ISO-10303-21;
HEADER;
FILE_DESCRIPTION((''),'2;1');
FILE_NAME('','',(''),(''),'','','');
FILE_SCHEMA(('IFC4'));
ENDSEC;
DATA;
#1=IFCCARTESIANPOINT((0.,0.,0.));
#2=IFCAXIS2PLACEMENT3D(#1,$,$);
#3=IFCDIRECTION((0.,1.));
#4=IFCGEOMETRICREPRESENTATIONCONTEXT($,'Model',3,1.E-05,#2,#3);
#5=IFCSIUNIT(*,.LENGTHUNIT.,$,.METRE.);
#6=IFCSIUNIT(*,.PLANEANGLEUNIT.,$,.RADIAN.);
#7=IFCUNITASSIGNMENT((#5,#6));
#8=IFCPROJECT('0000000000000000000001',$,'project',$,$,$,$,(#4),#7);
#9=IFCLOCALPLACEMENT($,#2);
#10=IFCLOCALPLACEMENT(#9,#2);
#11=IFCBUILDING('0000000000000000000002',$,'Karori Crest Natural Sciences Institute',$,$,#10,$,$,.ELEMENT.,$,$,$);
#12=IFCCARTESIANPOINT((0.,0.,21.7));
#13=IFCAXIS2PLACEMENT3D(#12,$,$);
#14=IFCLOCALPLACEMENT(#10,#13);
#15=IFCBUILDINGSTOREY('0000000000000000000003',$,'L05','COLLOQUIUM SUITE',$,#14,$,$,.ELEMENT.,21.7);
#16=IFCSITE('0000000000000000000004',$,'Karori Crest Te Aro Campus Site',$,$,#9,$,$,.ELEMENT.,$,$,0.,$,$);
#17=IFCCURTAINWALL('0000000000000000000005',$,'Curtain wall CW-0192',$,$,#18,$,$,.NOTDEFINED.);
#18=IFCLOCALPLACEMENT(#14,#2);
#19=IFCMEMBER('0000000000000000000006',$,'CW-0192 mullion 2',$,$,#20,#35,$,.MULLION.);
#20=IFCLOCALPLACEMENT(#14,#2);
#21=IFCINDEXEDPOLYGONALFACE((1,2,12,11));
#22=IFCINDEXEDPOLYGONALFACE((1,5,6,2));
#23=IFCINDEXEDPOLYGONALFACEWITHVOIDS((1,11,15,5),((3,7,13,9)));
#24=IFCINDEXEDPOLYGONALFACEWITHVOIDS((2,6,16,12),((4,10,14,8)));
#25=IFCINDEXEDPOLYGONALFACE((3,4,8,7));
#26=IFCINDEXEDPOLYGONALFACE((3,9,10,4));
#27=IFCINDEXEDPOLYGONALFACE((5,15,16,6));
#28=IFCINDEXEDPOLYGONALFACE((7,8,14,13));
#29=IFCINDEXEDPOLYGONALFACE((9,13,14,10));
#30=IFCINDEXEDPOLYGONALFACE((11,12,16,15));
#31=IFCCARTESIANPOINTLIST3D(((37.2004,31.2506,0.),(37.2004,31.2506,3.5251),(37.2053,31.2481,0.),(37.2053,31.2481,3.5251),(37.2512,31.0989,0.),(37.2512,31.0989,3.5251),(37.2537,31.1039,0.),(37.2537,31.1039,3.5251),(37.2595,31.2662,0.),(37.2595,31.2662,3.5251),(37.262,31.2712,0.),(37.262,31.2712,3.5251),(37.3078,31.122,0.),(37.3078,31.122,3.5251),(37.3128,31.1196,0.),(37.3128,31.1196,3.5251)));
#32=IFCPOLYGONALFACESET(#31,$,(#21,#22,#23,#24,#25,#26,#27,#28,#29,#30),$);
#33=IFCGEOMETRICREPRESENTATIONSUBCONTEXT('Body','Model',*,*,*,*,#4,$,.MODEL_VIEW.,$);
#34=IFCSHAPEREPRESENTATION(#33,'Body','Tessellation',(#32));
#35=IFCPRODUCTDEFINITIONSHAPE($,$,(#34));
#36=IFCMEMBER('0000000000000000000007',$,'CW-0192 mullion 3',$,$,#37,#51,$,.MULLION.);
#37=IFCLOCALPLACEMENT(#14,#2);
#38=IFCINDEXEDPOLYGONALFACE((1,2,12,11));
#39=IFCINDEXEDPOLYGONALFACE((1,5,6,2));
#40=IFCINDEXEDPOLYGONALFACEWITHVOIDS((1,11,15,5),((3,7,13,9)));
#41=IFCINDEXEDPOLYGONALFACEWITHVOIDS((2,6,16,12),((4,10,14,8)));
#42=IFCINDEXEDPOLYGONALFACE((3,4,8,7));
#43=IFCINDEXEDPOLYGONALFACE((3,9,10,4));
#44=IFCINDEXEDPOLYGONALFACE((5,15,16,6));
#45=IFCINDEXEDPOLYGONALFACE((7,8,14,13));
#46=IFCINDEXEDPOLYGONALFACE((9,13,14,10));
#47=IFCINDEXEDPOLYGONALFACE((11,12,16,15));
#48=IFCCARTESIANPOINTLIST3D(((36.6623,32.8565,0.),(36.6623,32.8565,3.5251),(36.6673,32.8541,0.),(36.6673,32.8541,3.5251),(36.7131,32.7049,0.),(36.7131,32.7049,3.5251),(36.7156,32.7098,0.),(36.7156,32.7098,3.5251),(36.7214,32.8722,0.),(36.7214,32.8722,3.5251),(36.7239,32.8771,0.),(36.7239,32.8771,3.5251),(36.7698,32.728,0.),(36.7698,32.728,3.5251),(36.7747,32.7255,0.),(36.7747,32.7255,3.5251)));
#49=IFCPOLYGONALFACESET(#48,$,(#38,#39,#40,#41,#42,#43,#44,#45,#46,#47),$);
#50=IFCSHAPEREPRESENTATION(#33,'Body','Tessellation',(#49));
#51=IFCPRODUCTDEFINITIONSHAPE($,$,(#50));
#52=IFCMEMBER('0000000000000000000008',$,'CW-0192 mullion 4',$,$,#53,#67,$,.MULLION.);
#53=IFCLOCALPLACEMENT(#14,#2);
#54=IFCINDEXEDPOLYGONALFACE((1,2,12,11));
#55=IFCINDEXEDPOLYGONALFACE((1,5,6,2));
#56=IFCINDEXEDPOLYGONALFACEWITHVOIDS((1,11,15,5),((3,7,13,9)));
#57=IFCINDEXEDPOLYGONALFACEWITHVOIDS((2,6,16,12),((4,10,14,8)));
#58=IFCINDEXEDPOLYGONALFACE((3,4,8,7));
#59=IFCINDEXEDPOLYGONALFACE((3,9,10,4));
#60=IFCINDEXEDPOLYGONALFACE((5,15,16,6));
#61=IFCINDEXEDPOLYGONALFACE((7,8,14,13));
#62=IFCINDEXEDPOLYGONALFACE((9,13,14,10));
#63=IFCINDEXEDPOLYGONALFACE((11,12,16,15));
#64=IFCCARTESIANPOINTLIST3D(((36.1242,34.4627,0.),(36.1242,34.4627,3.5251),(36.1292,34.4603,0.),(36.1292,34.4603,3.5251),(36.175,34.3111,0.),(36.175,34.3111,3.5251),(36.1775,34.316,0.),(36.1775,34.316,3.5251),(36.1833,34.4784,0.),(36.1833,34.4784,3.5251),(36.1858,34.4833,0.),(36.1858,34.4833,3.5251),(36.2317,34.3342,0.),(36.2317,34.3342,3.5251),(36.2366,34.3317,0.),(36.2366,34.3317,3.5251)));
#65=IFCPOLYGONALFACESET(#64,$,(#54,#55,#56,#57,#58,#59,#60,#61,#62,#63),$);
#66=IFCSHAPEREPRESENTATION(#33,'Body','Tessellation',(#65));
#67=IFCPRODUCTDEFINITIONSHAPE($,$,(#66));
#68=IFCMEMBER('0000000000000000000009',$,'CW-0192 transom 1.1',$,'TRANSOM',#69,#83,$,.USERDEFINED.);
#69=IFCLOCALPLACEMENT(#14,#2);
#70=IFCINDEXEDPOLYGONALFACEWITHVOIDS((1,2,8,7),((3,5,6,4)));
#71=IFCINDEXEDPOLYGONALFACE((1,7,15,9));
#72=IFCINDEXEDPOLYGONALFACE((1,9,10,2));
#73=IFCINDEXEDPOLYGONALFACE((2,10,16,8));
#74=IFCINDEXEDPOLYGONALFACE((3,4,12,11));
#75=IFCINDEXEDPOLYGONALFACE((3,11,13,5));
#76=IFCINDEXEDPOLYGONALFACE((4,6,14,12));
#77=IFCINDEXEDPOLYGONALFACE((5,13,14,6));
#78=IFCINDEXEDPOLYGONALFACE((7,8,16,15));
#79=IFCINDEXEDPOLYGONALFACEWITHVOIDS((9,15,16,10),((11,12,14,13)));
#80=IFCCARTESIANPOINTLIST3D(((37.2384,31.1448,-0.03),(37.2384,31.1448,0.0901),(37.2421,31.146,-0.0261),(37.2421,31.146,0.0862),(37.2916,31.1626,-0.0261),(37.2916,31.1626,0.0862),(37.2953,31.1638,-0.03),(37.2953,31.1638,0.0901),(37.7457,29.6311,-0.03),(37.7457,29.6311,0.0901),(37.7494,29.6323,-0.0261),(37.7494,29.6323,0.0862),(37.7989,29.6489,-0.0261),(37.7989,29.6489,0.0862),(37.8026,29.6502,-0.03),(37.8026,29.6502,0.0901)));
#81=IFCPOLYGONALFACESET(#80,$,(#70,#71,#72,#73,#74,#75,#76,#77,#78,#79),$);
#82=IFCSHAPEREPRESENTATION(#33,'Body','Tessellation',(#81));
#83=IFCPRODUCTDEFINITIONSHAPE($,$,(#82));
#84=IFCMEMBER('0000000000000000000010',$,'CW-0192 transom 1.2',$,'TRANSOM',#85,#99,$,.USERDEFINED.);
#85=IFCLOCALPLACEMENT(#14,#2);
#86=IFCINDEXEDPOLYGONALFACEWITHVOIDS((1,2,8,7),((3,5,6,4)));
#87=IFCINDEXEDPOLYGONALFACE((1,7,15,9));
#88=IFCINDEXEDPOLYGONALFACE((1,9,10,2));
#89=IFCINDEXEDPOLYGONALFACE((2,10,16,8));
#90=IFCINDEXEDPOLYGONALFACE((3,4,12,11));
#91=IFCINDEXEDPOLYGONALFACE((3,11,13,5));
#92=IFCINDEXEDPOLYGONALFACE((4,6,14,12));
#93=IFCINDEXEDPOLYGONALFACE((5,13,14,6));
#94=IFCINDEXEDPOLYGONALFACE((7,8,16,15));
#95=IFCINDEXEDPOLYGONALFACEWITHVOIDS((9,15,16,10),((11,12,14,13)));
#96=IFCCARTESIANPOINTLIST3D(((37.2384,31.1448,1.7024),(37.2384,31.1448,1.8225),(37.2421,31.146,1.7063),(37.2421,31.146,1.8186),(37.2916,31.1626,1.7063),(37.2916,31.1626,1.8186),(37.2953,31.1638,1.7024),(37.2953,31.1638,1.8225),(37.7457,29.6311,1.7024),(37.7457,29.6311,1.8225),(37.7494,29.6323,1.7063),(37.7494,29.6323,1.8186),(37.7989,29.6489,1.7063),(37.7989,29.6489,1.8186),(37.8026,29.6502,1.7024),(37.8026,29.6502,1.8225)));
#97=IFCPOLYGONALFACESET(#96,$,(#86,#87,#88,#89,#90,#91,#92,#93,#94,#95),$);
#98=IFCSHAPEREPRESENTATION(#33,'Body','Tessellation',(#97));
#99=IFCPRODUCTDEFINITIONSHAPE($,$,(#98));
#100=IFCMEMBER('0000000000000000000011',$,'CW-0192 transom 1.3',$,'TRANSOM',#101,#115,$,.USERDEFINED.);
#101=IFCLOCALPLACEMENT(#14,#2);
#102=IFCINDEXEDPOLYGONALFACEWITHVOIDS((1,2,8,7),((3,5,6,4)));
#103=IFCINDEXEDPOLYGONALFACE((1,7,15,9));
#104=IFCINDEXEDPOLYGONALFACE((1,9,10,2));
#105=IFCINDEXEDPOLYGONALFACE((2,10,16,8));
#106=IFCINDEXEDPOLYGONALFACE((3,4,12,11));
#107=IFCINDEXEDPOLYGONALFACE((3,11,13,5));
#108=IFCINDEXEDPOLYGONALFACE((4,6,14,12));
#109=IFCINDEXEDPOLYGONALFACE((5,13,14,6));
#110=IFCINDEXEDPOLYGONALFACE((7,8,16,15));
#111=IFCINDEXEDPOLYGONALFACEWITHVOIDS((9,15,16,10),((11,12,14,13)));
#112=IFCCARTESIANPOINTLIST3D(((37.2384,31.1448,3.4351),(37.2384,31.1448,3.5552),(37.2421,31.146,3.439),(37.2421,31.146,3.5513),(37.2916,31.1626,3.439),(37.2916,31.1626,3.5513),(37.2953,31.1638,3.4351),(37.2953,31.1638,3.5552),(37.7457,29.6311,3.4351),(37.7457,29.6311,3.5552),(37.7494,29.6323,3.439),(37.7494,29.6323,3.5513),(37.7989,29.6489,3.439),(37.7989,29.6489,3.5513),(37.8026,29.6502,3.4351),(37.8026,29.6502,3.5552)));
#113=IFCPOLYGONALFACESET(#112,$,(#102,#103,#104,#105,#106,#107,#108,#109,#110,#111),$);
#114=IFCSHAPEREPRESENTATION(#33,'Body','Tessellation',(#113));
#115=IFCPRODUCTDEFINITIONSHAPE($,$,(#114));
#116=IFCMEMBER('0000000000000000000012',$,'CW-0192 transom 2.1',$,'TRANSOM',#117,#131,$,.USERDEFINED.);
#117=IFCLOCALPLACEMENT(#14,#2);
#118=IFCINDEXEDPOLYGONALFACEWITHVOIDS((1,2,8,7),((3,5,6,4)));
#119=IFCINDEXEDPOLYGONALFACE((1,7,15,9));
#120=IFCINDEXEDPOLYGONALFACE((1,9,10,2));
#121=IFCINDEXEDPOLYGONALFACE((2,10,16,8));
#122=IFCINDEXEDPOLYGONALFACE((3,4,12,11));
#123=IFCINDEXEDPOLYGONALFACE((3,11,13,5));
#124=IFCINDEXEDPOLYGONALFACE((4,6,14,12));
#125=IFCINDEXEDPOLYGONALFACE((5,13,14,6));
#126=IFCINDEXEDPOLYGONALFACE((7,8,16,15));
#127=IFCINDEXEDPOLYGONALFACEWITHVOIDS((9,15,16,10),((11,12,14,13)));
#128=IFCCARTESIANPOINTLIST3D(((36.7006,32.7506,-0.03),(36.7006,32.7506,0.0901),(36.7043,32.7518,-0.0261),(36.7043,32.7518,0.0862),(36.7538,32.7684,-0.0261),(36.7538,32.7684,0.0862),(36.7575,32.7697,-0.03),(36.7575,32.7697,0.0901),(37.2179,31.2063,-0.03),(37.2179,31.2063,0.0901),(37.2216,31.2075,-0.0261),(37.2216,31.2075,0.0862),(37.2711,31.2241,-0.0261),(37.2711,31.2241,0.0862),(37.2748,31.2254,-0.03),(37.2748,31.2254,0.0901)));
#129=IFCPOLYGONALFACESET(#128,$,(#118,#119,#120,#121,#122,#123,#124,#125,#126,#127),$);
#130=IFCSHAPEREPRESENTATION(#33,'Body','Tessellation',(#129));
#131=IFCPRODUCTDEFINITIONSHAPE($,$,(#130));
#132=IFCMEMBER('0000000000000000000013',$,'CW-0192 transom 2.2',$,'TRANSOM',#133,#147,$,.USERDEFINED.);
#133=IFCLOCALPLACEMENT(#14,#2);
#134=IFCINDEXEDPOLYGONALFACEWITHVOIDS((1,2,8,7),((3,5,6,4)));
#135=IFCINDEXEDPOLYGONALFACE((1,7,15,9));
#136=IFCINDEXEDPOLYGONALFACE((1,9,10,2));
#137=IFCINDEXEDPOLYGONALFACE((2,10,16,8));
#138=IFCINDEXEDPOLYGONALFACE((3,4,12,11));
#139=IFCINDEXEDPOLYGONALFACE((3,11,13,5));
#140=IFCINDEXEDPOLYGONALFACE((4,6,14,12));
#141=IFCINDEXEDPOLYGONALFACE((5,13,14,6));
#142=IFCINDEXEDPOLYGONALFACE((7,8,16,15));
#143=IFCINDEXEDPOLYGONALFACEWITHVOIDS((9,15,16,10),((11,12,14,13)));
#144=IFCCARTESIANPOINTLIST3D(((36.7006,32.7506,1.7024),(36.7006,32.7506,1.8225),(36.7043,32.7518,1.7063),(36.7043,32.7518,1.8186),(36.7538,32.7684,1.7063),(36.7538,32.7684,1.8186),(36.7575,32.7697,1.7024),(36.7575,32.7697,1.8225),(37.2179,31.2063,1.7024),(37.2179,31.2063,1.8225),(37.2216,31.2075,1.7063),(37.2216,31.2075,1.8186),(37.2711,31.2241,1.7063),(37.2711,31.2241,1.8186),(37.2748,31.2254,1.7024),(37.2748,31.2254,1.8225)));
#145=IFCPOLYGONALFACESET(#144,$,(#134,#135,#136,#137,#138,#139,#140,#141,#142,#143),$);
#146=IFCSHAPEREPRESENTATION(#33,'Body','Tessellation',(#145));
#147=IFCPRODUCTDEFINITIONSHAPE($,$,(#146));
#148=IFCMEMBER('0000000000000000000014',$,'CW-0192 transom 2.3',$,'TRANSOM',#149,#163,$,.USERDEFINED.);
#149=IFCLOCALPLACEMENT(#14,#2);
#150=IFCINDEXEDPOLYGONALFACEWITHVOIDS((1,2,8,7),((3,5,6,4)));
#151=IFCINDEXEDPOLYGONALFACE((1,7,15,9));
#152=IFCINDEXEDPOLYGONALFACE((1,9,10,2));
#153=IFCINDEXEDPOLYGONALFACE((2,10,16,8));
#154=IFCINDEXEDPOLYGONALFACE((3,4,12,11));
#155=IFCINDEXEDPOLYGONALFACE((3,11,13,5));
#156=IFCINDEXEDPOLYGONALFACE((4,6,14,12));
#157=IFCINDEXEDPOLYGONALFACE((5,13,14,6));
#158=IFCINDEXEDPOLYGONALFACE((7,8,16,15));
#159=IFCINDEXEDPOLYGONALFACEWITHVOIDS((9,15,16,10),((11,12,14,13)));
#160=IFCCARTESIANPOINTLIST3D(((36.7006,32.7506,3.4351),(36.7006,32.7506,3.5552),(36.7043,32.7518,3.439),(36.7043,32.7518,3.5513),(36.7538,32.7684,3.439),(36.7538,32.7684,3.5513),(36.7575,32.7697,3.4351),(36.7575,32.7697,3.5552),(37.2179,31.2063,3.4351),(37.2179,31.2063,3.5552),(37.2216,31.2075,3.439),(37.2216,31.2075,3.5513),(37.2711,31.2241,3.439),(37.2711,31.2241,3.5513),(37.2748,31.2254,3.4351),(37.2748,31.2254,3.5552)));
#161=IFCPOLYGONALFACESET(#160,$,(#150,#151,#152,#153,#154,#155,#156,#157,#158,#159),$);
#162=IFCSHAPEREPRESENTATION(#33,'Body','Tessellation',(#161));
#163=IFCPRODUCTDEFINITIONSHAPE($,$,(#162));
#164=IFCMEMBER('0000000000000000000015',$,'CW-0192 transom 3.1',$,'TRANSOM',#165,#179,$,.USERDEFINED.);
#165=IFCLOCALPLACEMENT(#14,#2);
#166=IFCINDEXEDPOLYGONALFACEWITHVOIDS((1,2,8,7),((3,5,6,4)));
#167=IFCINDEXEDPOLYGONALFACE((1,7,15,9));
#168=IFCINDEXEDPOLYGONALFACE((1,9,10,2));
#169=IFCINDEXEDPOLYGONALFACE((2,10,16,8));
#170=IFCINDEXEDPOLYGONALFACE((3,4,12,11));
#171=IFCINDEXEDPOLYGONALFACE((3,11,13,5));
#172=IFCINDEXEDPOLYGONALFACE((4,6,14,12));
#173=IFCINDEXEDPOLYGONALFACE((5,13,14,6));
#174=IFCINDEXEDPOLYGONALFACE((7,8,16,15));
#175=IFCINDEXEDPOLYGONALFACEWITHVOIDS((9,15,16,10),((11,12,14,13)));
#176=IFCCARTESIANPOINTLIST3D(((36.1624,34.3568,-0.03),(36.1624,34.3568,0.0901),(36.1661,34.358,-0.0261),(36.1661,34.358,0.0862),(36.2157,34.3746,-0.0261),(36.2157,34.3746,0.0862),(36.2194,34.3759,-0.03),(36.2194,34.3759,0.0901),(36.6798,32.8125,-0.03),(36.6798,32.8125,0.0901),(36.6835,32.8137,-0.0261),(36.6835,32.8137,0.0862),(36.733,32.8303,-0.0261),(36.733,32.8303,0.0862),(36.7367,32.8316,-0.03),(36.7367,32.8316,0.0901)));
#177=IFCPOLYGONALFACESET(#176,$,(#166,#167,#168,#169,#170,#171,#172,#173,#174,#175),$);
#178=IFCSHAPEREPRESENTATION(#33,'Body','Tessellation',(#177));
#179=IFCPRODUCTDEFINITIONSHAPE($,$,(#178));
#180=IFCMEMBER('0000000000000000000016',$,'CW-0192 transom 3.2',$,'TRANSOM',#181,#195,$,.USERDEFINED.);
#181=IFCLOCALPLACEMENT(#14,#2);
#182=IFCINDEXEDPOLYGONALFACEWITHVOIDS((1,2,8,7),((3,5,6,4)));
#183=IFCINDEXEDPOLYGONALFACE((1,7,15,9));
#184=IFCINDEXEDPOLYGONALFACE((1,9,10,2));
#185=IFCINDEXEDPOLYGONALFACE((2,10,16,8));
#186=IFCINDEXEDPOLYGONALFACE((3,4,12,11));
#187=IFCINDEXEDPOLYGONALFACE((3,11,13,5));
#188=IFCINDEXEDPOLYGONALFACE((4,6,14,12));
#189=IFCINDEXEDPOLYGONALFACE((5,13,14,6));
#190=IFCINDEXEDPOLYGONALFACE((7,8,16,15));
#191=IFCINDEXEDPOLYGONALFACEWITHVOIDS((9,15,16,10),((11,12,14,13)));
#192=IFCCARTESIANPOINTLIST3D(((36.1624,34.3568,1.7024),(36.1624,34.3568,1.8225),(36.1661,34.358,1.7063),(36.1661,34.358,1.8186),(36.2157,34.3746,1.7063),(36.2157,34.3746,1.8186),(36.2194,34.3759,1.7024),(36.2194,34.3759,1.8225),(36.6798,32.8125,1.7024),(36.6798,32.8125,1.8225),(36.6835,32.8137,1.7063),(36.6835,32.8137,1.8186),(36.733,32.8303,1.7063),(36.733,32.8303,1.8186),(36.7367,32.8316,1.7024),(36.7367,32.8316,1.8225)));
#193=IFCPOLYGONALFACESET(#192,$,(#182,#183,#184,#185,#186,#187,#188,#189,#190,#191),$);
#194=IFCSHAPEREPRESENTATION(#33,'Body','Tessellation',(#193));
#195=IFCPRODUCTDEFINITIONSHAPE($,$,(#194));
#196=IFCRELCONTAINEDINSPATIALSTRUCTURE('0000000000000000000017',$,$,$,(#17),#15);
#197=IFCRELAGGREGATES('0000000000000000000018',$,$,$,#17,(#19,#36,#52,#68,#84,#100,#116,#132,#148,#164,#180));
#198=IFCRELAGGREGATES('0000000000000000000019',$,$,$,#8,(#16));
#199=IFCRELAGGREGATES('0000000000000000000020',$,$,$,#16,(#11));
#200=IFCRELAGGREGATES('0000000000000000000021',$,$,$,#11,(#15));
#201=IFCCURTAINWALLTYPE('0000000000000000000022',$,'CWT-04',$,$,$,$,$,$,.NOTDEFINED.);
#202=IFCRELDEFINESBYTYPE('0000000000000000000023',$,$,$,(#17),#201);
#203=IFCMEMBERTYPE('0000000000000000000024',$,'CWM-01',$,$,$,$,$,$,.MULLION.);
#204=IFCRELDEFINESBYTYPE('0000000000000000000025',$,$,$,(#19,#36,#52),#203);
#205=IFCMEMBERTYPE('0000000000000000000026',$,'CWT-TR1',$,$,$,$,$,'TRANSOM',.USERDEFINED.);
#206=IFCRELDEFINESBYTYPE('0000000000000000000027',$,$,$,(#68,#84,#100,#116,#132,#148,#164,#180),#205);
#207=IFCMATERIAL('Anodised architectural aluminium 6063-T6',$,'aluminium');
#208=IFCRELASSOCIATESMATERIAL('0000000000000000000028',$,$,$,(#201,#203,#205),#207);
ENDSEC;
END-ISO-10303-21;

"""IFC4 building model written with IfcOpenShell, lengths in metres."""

from ifc_helpers import new_model, si_unit, direction, frame, origin, origin_2d, place, context, subcontext, project, spatial, hollow_rectangle, extrude, material, material_profile, profile_set, type_object, element, aggregate, save


model = new_model("IFC4")

# Units and contexts
model_context = context("Model", 3, precision=1e-05, world=origin(), true_north=direction((0.0, 1.0)))
body_context = subcontext(model_context, "Body", "Model", "MODEL_VIEW")
ifc_project = project(units=[si_unit("LENGTHUNIT", "METRE"), si_unit("PLANEANGLEUNIT", "RADIAN")], contexts=[model_context])

# Site, building, storey
site_placement = place(None, origin())
site = spatial("IfcSite", under=ifc_project, at=site_placement, Name="Karori Crest Te Aro Campus Site", CompositionType="ELEMENT", RefElevation=0.0)
building_placement = place(site_placement, origin())
building = spatial("IfcBuilding", under=site, at=building_placement, Name="Karori Crest Natural Sciences Institute", CompositionType="ELEMENT")
storey_placement = place(building_placement, frame((0.0, 0.0, 21.7)))
storey = spatial("IfcBuildingStorey", under=building, at=storey_placement, Name="L05", Description="COLLOQUIUM SUITE", CompositionType="ELEMENT", Elevation=21.7)

# Curtain wall, members
ifc_material_1 = material(Name="Anodised architectural aluminium 6063-T6", Category="aluminium")
curtain_wall_type = type_object("IfcCurtainWallType", Name="CWT-04", PredefinedType="NOTDEFINED", material=ifc_material_1)
curtain_wall_placement = place(storey_placement, origin())
curtain_wall = element("IfcCurtainWall", 1, at=curtain_wall_placement, inside=storey, type_object=curtain_wall_type, Name="Curtain wall CW-0192", PredefinedType="NOTDEFINED")
ifc_material_profile_1 = material_profile(ifc_material_1, hollow_rectangle(XDim=0.0649, YDim=0.1599, WallThickness=0.0039, at=origin_2d()), Name="CWM160x65x4")
ifc_profile_set_1 = profile_set([ifc_material_profile_1], Name="Anodised architectural aluminium 6063-T6")
member_type_1 = type_object("IfcMemberType", Name="CWM-01", PredefinedType="MULLION", material=ifc_profile_set_1)
member_1_placement = place(storey_placement, frame((37.2566, 31.1851, 0.0), z_axis=(0.0, 0.0, 1.0), x_axis=(-0.948198, -0.31768, 0.0)))
member_1 = element("IfcMember", 2, at=member_1_placement, type_object=member_type_1, Name="CW-0192 mullion 2", PredefinedType="MULLION", context=body_context, shape_type="SweptSolid", body=[
    extrude(hollow_rectangle(XDim=0.0649, YDim=0.1599, WallThickness=0.0039, at=origin_2d()), origin(), (0.0, 0.0, 1.0), 3.5251),
])
member_2_placement = place(storey_placement, frame((36.7185, 32.791, 0.0), z_axis=(0.0, 0.0, 1.0), x_axis=(-0.948198, -0.31768, 0.0)))
member_2 = element("IfcMember", 3, at=member_2_placement, type_object=member_type_1, Name="CW-0192 mullion 3", PredefinedType="MULLION", context=body_context, shape_type="SweptSolid", body=[
    extrude(hollow_rectangle(XDim=0.0649, YDim=0.1599, WallThickness=0.0039, at=origin_2d()), origin(), (0.0, 0.0, 1.0), 3.5251),
])
member_3_placement = place(storey_placement, frame((36.1804, 34.3972, 0.0), z_axis=(0.0, 0.0, 1.0), x_axis=(-0.948198, -0.31768, 0.0)))
member_3 = element("IfcMember", 4, at=member_3_placement, type_object=member_type_1, Name="CW-0192 mullion 4", PredefinedType="MULLION", context=body_context, shape_type="SweptSolid", body=[
    extrude(hollow_rectangle(XDim=0.0649, YDim=0.1599, WallThickness=0.0039, at=origin_2d()), origin(), (0.0, 0.0, 1.0), 3.5251),
])
ifc_material_profile_2 = material_profile(ifc_material_1, hollow_rectangle(XDim=0.0601, YDim=0.1201, WallThickness=0.0039, at=origin_2d()), Name="CWT120x60x4")
ifc_profile_set_2 = profile_set([ifc_material_profile_2], Name="Anodised architectural aluminium 6063-T6")
member_type_2 = type_object("IfcMemberType", Name="CWT-TR1", ElementType="TRANSOM", PredefinedType="USERDEFINED", material=ifc_profile_set_2)
member_4_placement = place(storey_placement, frame((37.7742, 29.6406, 0.03), z_axis=(-0.317787, 0.948162, 0.0), x_axis=(-0.948162, -0.317787, 0.0)))
member_4 = element("IfcMember", 5, at=member_4_placement, type_object=member_type_2, Name="CW-0192 transom 1.1", ObjectType="TRANSOM", PredefinedType="USERDEFINED", context=body_context, shape_type="SweptSolid", body=[
    extrude(hollow_rectangle(XDim=0.0601, YDim=0.1201, WallThickness=0.0039, at=origin_2d()), origin(), (0.0, 0.0, 1.0), 1.5964),
])
member_5_placement = place(storey_placement, frame((37.7742, 29.6406, 1.7625), z_axis=(-0.317787, 0.948162, 0.0), x_axis=(-0.948162, -0.317787, 0.0)))
member_5 = element("IfcMember", 6, at=member_5_placement, type_object=member_type_2, Name="CW-0192 transom 1.2", ObjectType="TRANSOM", PredefinedType="USERDEFINED", context=body_context, shape_type="SweptSolid", body=[
    extrude(hollow_rectangle(XDim=0.0601, YDim=0.1201, WallThickness=0.0039, at=origin_2d()), origin(), (0.0, 0.0, 1.0), 1.5964),
])
member_6_placement = place(storey_placement, frame((37.7742, 29.6406, 3.4951), z_axis=(-0.317787, 0.948162, 0.0), x_axis=(-0.948162, -0.317787, 0.0)))
member_6 = element("IfcMember", 7, at=member_6_placement, type_object=member_type_2, Name="CW-0192 transom 1.3", ObjectType="TRANSOM", PredefinedType="USERDEFINED", context=body_context, shape_type="SweptSolid", body=[
    extrude(hollow_rectangle(XDim=0.0601, YDim=0.1201, WallThickness=0.0039, at=origin_2d()), origin(), (0.0, 0.0, 1.0), 1.5964),
])
member_7_placement = place(storey_placement, frame((37.2463, 31.2158, 0.03), z_axis=(-0.317621, 0.948218, 0.0), x_axis=(-0.948218, -0.317621, 0.0)))
member_7 = element("IfcMember", 8, at=member_7_placement, type_object=member_type_2, Name="CW-0192 transom 2.1", ObjectType="TRANSOM", PredefinedType="USERDEFINED", context=body_context, shape_type="SweptSolid", body=[
    extrude(hollow_rectangle(XDim=0.0601, YDim=0.1201, WallThickness=0.0039, at=origin_2d()), origin(), (0.0, 0.0, 1.0), 1.6287),
])
member_8_placement = place(storey_placement, frame((37.2463, 31.2158, 1.7625), z_axis=(-0.317621, 0.948218, 0.0), x_axis=(-0.948218, -0.317621, 0.0)))
member_8 = element("IfcMember", 9, at=member_8_placement, type_object=member_type_2, Name="CW-0192 transom 2.2", ObjectType="TRANSOM", PredefinedType="USERDEFINED", context=body_context, shape_type="SweptSolid", body=[
    extrude(hollow_rectangle(XDim=0.0601, YDim=0.1201, WallThickness=0.0039, at=origin_2d()), origin(), (0.0, 0.0, 1.0), 1.6287),
])
member_9_placement = place(storey_placement, frame((37.2463, 31.2158, 3.4951), z_axis=(-0.317621, 0.948218, 0.0), x_axis=(-0.948218, -0.317621, 0.0)))
member_9 = element("IfcMember", 10, at=member_9_placement, type_object=member_type_2, Name="CW-0192 transom 2.3", ObjectType="TRANSOM", PredefinedType="USERDEFINED", context=body_context, shape_type="SweptSolid", body=[
    extrude(hollow_rectangle(XDim=0.0601, YDim=0.1201, WallThickness=0.0039, at=origin_2d()), origin(), (0.0, 0.0, 1.0), 1.6287),
])
member_10_placement = place(storey_placement, frame((36.7083, 32.822, 0.03), z_axis=(-0.317667, 0.948202, 0.0), x_axis=(-0.948202, -0.317667, 0.0)))
member_10 = element("IfcMember", 11, at=member_10_placement, type_object=member_type_2, Name="CW-0192 transom 3.1", ObjectType="TRANSOM", PredefinedType="USERDEFINED", context=body_context, shape_type="SweptSolid", body=[
    extrude(hollow_rectangle(XDim=0.0601, YDim=0.1201, WallThickness=0.0039, at=origin_2d()), origin(), (0.0, 0.0, 1.0), 1.6287),
])
member_11_placement = place(storey_placement, frame((36.7083, 32.822, 1.7625), z_axis=(-0.317667, 0.948202, 0.0), x_axis=(-0.948202, -0.317667, 0.0)))
member_11 = element("IfcMember", 12, at=member_11_placement, type_object=member_type_2, Name="CW-0192 transom 3.2", ObjectType="TRANSOM", PredefinedType="USERDEFINED", context=body_context, shape_type="SweptSolid", body=[
    extrude(hollow_rectangle(XDim=0.0601, YDim=0.1201, WallThickness=0.0039, at=origin_2d()), origin(), (0.0, 0.0, 1.0), 1.6287),
])

aggregate(curtain_wall, [member_1, member_2, member_3, member_4, member_5, member_6, member_7, member_8, member_9, member_10, member_11])

save(model, "model.ifc")
